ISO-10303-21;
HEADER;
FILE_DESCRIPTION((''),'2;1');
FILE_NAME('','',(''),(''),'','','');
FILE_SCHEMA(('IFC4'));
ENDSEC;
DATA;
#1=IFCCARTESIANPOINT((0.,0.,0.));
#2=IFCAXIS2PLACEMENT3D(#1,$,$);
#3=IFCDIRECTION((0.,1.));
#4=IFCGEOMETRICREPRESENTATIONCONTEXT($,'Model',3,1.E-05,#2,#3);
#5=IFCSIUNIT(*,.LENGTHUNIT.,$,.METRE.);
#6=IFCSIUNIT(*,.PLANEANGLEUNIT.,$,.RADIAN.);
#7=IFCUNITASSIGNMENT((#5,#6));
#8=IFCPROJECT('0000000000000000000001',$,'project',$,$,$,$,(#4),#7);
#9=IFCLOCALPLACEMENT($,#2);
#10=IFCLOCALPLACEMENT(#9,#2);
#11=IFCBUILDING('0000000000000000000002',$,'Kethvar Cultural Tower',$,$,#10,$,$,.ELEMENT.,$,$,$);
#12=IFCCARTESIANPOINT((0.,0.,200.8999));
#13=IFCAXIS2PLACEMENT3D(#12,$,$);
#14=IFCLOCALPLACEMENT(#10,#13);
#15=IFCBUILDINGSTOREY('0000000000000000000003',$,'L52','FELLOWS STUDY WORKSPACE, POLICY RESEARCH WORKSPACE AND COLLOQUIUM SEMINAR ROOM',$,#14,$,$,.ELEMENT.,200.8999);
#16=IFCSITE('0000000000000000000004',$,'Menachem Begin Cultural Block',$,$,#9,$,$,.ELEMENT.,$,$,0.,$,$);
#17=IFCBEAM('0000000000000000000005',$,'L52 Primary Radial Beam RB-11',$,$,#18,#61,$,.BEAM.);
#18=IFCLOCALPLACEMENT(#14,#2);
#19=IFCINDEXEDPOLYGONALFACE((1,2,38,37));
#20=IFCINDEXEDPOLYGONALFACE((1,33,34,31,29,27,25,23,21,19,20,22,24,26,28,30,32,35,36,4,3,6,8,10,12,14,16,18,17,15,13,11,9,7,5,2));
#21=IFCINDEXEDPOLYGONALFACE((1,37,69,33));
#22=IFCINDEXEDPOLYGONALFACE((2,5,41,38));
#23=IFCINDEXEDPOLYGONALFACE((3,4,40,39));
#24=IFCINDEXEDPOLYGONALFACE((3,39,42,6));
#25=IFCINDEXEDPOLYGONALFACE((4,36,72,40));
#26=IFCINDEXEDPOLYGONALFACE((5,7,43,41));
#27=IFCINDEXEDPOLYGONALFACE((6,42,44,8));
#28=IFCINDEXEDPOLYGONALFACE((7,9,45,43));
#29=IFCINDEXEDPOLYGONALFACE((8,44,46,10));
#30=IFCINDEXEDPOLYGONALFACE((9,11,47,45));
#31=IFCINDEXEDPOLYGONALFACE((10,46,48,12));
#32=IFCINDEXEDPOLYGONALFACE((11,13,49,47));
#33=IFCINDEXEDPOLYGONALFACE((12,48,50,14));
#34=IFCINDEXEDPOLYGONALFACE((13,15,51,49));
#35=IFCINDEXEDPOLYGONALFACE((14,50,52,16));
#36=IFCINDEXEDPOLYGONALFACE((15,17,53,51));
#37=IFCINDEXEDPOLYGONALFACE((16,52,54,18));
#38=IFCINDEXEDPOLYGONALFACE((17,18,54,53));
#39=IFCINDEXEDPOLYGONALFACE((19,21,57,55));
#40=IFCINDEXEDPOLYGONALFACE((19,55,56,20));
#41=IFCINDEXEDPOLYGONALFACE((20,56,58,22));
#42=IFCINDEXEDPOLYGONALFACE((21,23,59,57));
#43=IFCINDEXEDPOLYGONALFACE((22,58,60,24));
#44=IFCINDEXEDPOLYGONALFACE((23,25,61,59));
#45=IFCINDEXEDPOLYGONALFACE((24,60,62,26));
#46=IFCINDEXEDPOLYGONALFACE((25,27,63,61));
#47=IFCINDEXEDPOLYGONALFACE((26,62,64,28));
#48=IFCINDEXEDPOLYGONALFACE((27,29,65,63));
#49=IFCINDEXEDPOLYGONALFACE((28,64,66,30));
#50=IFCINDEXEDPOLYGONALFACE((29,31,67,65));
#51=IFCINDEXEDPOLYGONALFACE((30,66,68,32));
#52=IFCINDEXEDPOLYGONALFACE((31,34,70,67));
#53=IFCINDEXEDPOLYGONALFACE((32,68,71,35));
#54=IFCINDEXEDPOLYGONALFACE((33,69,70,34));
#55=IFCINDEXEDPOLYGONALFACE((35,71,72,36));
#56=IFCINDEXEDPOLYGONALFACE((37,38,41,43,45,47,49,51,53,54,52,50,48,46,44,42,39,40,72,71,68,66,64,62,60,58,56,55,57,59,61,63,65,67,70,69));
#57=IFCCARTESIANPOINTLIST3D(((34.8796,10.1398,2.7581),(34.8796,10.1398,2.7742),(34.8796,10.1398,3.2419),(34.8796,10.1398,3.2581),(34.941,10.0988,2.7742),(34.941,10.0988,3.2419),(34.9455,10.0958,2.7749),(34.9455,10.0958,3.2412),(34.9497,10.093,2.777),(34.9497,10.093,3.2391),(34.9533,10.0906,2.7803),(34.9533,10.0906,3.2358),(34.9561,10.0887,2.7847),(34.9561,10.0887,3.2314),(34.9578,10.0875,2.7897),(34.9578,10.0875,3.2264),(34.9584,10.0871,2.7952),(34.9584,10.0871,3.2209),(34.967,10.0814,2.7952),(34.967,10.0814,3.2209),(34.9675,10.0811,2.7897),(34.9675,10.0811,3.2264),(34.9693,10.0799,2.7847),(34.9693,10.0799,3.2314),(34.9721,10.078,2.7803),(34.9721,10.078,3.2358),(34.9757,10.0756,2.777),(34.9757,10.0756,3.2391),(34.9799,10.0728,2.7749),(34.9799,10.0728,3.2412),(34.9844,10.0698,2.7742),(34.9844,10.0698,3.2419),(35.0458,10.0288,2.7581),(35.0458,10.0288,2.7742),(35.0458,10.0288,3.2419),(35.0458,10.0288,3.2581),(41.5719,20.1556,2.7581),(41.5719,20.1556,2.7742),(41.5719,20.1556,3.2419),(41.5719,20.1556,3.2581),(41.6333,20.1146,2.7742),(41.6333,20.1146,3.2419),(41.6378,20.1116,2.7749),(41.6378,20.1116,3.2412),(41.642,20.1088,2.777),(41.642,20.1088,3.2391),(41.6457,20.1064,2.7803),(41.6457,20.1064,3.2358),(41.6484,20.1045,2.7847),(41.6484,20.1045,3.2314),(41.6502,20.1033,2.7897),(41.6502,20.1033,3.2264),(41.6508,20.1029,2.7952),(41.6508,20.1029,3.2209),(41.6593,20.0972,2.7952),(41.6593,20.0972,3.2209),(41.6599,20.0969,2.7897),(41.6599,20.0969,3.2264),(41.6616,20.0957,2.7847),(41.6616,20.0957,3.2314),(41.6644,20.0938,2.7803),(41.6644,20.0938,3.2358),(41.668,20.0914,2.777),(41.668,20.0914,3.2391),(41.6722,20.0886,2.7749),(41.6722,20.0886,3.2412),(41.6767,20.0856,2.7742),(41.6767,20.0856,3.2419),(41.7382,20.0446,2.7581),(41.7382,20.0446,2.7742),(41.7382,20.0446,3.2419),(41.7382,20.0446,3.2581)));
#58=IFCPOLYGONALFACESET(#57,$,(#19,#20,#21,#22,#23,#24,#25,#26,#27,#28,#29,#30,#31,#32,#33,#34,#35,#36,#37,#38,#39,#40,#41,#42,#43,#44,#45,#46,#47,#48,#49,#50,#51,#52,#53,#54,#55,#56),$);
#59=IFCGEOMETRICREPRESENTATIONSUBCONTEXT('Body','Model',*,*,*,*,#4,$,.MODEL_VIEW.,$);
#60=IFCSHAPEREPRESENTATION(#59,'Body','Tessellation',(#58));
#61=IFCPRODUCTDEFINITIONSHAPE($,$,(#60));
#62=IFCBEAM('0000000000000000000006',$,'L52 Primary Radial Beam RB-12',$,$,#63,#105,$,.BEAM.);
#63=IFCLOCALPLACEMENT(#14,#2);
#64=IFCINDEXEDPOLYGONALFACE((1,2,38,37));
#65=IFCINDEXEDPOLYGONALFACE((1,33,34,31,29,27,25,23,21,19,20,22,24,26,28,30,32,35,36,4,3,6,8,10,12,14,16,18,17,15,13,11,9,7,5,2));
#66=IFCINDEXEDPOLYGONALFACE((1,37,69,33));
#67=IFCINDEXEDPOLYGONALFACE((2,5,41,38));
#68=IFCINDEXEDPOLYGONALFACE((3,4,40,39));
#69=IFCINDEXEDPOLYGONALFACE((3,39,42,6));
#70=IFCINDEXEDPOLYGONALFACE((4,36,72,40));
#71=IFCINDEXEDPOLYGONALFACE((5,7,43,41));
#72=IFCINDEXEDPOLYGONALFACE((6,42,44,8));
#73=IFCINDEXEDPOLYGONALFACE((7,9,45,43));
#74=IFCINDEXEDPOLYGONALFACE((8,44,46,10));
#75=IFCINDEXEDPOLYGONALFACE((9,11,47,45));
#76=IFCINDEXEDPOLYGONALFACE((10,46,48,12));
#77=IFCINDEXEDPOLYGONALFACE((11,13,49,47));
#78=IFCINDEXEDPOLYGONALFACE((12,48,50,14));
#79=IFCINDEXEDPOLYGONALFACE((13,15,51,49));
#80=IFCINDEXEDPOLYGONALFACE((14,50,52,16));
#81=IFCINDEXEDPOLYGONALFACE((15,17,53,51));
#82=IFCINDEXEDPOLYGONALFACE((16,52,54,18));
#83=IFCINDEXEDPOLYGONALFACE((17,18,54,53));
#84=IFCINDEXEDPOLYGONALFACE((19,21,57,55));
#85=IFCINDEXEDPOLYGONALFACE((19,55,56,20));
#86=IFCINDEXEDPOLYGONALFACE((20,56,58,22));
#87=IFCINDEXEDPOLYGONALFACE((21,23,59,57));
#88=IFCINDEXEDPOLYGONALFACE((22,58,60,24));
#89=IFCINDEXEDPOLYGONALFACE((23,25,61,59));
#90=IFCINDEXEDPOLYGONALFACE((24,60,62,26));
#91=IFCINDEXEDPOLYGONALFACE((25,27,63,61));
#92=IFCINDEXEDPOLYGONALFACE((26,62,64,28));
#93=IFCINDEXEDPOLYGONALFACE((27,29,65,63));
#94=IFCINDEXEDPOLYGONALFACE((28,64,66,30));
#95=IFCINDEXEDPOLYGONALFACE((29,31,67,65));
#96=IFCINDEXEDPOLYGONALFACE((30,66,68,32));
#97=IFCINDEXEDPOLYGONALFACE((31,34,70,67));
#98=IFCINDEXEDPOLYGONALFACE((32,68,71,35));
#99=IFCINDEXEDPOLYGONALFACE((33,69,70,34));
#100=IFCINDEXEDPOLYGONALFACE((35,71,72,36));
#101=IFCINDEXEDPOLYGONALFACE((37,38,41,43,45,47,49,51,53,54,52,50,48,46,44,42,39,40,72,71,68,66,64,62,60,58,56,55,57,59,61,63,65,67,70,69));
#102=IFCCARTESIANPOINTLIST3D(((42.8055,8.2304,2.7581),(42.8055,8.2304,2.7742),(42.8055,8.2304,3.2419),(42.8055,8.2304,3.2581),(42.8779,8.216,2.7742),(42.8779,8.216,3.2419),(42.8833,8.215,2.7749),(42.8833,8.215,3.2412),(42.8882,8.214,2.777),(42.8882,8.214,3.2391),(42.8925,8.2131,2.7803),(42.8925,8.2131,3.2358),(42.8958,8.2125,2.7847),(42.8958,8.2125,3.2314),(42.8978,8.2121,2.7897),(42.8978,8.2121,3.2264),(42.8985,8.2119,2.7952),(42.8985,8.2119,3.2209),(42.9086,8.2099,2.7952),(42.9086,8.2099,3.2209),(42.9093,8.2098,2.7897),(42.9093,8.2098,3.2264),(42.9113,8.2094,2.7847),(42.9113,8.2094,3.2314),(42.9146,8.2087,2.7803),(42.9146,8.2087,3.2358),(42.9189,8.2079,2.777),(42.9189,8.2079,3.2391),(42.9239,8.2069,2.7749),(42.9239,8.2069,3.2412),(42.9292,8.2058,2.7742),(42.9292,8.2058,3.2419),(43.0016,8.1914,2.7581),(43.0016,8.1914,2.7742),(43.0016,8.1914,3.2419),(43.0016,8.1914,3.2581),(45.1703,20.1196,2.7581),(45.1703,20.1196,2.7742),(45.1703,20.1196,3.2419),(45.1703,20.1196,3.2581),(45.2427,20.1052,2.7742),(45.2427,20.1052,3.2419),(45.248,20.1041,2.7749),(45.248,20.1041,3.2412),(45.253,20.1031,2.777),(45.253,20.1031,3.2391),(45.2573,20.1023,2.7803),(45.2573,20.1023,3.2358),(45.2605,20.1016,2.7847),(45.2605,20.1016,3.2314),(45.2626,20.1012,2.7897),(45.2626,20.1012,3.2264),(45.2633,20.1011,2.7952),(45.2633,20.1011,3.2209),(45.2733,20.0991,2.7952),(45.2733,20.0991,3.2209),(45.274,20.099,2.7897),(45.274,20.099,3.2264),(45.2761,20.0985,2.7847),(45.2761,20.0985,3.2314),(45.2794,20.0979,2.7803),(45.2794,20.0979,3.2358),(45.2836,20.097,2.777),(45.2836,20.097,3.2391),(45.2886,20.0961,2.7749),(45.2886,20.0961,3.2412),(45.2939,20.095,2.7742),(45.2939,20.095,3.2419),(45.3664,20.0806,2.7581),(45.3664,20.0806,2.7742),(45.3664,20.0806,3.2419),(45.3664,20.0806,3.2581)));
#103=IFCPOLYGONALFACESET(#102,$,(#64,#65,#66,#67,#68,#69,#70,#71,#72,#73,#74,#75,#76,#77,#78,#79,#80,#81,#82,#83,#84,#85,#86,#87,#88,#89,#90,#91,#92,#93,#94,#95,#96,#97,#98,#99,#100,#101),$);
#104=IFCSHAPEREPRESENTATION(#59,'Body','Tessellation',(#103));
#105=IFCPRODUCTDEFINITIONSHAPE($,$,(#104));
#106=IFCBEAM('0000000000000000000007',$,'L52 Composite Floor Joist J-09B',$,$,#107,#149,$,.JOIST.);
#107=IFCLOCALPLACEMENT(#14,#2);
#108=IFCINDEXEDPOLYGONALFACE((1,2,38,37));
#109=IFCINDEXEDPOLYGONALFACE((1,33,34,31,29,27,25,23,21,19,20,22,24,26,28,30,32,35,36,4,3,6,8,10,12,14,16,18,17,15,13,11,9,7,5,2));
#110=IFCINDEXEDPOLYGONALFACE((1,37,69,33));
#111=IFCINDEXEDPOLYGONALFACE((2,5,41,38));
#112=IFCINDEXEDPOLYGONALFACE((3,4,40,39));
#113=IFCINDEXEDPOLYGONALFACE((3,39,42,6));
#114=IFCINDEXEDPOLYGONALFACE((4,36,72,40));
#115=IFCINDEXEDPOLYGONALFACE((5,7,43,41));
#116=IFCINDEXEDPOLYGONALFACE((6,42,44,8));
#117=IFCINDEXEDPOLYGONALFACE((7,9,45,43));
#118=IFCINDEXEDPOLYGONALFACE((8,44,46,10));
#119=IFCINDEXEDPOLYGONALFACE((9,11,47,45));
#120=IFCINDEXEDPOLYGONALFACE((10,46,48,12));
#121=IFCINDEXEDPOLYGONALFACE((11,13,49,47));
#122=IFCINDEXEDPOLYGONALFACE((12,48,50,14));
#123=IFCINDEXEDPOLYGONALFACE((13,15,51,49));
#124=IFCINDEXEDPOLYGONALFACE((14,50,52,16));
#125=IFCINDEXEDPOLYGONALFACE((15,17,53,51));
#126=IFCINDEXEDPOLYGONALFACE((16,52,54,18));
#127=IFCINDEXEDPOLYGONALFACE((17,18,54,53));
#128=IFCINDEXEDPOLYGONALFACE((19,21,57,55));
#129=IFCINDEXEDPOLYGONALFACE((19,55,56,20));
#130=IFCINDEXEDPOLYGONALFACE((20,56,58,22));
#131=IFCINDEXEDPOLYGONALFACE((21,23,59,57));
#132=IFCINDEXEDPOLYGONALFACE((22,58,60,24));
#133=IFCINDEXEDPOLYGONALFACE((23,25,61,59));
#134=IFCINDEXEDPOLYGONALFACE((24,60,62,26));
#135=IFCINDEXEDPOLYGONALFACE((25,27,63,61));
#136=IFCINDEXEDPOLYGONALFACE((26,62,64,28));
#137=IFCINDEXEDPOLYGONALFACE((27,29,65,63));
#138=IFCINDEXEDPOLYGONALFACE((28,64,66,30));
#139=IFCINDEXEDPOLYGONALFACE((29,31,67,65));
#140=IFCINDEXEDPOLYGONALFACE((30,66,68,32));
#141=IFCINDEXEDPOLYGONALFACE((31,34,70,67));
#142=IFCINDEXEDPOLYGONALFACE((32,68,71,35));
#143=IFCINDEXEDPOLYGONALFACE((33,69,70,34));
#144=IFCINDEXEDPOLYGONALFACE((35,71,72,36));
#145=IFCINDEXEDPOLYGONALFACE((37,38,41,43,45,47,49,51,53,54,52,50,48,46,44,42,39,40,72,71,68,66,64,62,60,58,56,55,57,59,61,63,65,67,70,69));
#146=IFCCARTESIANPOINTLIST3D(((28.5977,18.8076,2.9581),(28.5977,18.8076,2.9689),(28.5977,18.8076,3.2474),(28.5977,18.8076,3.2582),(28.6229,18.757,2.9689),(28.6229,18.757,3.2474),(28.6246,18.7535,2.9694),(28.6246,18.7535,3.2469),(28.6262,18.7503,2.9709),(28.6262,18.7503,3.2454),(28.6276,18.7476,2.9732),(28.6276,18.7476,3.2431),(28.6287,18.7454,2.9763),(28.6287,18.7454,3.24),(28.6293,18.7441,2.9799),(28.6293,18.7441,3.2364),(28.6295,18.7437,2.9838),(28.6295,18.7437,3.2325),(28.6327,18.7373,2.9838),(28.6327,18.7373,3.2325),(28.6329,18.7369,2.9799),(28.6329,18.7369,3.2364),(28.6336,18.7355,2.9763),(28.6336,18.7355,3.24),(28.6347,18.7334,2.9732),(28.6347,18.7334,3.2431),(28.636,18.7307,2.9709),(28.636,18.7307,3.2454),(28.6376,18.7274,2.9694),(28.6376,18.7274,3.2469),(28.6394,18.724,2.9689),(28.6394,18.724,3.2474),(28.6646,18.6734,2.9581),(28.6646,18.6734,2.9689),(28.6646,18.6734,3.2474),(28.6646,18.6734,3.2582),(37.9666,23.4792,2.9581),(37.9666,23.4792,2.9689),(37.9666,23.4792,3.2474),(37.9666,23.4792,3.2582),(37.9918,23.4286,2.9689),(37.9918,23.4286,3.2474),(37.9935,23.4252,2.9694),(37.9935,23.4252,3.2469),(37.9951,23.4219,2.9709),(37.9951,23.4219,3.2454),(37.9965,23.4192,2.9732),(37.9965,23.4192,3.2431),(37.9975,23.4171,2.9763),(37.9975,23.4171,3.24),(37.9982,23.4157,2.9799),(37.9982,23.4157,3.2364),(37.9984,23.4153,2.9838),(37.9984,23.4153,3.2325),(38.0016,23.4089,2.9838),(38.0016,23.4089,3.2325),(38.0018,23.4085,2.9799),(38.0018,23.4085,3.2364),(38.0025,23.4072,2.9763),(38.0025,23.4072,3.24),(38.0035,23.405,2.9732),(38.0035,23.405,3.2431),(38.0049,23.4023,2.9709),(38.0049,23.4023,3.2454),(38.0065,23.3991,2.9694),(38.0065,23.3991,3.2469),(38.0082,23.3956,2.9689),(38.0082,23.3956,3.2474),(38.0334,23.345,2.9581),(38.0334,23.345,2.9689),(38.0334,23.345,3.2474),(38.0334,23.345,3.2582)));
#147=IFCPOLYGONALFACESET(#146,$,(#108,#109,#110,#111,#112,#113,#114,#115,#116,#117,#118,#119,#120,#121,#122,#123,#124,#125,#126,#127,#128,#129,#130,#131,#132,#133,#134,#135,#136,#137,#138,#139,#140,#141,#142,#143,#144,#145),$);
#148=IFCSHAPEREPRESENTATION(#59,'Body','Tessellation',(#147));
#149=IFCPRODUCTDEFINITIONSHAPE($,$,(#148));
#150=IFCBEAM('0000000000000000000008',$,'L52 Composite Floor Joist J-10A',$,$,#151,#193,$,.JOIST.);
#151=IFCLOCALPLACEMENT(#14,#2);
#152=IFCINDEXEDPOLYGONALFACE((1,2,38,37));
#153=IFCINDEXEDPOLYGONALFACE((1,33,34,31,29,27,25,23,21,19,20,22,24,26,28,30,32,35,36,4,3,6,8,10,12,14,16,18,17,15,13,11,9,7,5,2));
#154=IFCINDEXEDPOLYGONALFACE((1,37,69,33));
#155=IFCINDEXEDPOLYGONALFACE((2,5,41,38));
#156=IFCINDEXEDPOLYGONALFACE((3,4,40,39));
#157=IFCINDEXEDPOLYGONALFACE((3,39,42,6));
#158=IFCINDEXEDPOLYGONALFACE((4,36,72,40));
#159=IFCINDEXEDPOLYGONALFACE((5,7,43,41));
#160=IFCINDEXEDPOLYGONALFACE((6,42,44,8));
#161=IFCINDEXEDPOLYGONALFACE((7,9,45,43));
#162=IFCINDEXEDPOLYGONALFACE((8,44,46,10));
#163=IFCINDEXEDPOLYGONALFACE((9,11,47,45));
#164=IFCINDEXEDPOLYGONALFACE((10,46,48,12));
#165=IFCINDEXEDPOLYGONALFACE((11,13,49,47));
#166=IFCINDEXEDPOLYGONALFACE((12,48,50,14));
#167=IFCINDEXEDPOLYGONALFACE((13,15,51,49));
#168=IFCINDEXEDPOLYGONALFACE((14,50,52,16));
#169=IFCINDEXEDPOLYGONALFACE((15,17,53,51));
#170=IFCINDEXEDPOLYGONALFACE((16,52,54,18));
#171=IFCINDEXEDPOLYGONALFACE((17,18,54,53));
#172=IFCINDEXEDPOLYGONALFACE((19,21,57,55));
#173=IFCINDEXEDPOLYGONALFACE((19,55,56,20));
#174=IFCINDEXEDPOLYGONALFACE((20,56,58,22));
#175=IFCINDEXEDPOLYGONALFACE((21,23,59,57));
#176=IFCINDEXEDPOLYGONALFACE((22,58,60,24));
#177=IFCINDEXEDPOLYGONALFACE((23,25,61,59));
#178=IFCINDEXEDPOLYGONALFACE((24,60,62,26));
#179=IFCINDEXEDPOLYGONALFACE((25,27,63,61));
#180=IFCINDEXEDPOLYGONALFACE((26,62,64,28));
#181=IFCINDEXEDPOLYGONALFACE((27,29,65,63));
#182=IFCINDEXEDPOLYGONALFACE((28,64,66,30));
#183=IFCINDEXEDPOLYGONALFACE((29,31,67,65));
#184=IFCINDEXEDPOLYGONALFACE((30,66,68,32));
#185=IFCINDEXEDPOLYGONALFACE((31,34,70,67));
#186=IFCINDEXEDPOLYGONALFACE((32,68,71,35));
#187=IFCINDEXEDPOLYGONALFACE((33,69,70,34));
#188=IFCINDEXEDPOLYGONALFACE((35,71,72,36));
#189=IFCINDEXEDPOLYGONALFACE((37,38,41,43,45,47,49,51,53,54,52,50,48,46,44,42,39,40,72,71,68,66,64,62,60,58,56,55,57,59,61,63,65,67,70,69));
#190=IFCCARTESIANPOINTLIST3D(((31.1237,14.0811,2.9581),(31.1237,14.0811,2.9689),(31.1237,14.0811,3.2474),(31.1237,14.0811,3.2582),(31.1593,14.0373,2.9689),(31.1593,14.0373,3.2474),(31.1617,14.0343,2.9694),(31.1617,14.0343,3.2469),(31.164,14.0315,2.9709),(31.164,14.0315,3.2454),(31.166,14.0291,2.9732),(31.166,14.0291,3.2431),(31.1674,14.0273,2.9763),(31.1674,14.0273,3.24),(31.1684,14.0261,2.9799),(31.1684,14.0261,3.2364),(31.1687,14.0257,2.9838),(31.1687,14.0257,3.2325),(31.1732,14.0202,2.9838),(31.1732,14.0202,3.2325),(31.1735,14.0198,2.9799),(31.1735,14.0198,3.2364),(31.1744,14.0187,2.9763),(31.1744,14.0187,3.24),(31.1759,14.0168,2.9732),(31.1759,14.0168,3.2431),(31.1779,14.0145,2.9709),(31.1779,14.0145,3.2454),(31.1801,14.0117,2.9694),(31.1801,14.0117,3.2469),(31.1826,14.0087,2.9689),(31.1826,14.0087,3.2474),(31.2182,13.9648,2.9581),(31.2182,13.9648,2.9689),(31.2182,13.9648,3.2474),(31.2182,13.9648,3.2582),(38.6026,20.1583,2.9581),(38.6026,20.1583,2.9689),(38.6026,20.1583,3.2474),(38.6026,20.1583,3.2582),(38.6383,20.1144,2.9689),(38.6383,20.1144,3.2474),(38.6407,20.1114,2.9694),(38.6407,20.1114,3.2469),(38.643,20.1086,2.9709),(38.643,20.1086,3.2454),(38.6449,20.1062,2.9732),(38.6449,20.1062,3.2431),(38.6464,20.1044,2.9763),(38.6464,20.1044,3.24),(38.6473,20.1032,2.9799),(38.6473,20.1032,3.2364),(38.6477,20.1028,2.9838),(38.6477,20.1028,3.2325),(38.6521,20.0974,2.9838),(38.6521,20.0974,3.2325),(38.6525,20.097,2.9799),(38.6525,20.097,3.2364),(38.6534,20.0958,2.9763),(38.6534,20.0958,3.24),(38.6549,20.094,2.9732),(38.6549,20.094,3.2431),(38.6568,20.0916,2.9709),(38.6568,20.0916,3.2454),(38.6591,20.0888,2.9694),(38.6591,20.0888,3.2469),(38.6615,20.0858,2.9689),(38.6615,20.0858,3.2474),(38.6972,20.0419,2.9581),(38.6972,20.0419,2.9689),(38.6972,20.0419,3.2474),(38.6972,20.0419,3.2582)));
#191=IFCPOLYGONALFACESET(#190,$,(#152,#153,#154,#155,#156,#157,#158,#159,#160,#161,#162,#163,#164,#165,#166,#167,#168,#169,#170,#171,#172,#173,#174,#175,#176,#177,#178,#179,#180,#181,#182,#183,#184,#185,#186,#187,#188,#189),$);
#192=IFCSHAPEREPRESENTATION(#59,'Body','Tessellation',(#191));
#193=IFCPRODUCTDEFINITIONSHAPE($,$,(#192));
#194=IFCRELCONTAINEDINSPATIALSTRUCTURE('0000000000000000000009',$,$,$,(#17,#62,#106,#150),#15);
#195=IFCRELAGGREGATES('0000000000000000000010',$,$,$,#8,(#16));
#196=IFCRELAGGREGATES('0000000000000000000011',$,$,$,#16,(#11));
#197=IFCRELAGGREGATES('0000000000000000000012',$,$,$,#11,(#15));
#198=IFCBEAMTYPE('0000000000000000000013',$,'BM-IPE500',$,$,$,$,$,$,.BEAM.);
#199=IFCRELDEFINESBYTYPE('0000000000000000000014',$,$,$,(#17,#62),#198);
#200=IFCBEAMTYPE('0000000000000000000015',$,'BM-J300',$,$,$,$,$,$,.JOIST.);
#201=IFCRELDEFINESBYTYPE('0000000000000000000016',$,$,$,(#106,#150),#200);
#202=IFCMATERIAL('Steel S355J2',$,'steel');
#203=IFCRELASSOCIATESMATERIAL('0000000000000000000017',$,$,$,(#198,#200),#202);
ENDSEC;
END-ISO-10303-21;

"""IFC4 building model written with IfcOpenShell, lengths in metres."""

from ifc_helpers import new_model, si_unit, direction, frame, origin, origin_2d, place, context, subcontext, project, spatial, i_section, extrude, source, transform, mapped, material, material_profile, profile_set, type_object, element, save


model = new_model("IFC4")

# Units and contexts
model_context = context("Model", 3, precision=1e-05, world=origin(), true_north=direction((0.0, 1.0)))
body_context = subcontext(model_context, "Body", "Model", "MODEL_VIEW")
ifc_project = project(units=[si_unit("LENGTHUNIT", "METRE"), si_unit("PLANEANGLEUNIT", "RADIAN")], contexts=[model_context])

# Site, building, storey
site_placement = place(None, origin())
site = spatial("IfcSite", under=ifc_project, at=site_placement, Name="Menachem Begin Cultural Block", CompositionType="ELEMENT", RefElevation=0.0)
building_placement = place(site_placement, origin())
building = spatial("IfcBuilding", under=site, at=building_placement, Name="Kethvar Cultural Tower", CompositionType="ELEMENT")
storey_placement = place(building_placement, frame((0.0, 0.0, 200.8999)))
storey = spatial("IfcBuildingStorey", under=building, at=storey_placement, Name="L52", Description="FELLOWS STUDY WORKSPACE, POLICY RESEARCH WORKSPACE AND COLLOQUIUM SEMINAR ROOM", CompositionType="ELEMENT", Elevation=200.8999)

# Beams
ifc_material_1 = material(Name="Steel S355J2", Category="steel")
ifc_material_profile_1 = material_profile(ifc_material_1, i_section(OverallWidth=0.2, OverallDepth=0.5, WebThickness=0.0103, FlangeThickness=0.0161, FilletRadius=0.021, at=origin_2d()), Name="Steel S355J2 — IPE500")
ifc_profile_set_1 = profile_set([ifc_material_profile_1], Name="Steel S355J2 — IPE500")
beam_type_1 = type_object("IfcBeamType", Name="BM-IPE500", PredefinedType="BEAM", material=ifc_profile_set_1)
shared_shape_1 = source(origin(), body_context, "Body", "SweptSolid", [
    extrude(i_section(OverallWidth=0.2, OverallDepth=0.5, WebThickness=0.0103, FlangeThickness=0.0161, FilletRadius=0.021, at=origin_2d()), origin(), (0.0, 0.0, 1.0), 12.0459),
])
beam_1_placement = place(storey_placement, frame((41.655, 20.1001, 3.0081), z_axis=(-0.55557, -0.83147, 0.0), x_axis=(0.83147, -0.55557, 0.0)))
element("IfcBeam", 1, at=beam_1_placement, inside=storey, type_object=beam_type_1, Name="L52 Primary Radial Beam RB-11", PredefinedType="BEAM", context=body_context, shape_type="MappedRepresentation", body=[
    mapped(shared_shape_1, transform((0.0, 0.0, 0.0), scale=1.0)),
])
shared_shape_2 = source(origin(), body_context, "Body", "SweptSolid", [
    extrude(i_section(OverallWidth=0.2, OverallDepth=0.5, WebThickness=0.0103, FlangeThickness=0.0161, FilletRadius=0.021, at=origin_2d()), origin(), (0.0, 0.0, 1.0), 12.1221),
])
beam_2_placement = place(storey_placement, frame((45.2683, 20.1001, 3.0081), z_axis=(-0.195078, -0.980788, 0.0), x_axis=(0.980788, -0.195078, 0.0)))
element("IfcBeam", 2, at=beam_2_placement, inside=storey, type_object=beam_type_1, Name="L52 Primary Radial Beam RB-12", PredefinedType="BEAM", context=body_context, shape_type="MappedRepresentation", body=[
    mapped(shared_shape_2, transform((0.0, 0.0, 0.0), scale=1.0)),
])
ifc_material_profile_2 = material_profile(ifc_material_1, i_section(OverallWidth=0.1499, OverallDepth=0.3, WebThickness=0.0071, FlangeThickness=0.0107, FilletRadius=0.0149, at=origin_2d()), Name="Steel S355J2 — IPE300")
ifc_profile_set_2 = profile_set([ifc_material_profile_2], Name="Steel S355J2 — IPE300")
beam_type_2 = type_object("IfcBeamType", Name="BM-J300", PredefinedType="JOIST", material=ifc_profile_set_2)
shared_shape_3 = source(origin(), body_context, "Body", "SweptSolid", [
    extrude(i_section(OverallWidth=0.1499, OverallDepth=0.3, WebThickness=0.0071, FlangeThickness=0.0107, FilletRadius=0.0149, at=origin_2d()), origin(), (0.0, 0.0, 1.0), 10.469),
])
beam_3_placement = place(storey_placement, frame((38.0, 23.4121, 3.1082), z_axis=(-0.894916, -0.446234, 0.0), x_axis=(0.446234, -0.894916, 0.0)))
element("IfcBeam", 3, at=beam_3_placement, inside=storey, type_object=beam_type_2, Name="L52 Composite Floor Joist J-09B", PredefinedType="JOIST", context=body_context, shape_type="MappedRepresentation", body=[
    mapped(shared_shape_3, transform((0.0, 0.0, 0.0), scale=1.0)),
])
shared_shape_4 = source(origin(), body_context, "Body", "SweptSolid", [
    extrude(i_section(OverallWidth=0.1499, OverallDepth=0.3, WebThickness=0.0071, FlangeThickness=0.0107, FilletRadius=0.0149, at=origin_2d()), origin(), (0.0, 0.0, 1.0), 9.6367),
])
beam_4_placement = place(storey_placement, frame((38.6499, 20.1001, 3.1082), z_axis=(-0.776091, -0.630621, 0.0), x_axis=(0.630621, -0.776091, 0.0)))
element("IfcBeam", 4, at=beam_4_placement, inside=storey, type_object=beam_type_2, Name="L52 Composite Floor Joist J-10A", PredefinedType="JOIST", context=body_context, shape_type="MappedRepresentation", body=[
    mapped(shared_shape_4, transform((0.0, 0.0, 0.0), scale=1.0)),
])

save(model, "model.ifc")
